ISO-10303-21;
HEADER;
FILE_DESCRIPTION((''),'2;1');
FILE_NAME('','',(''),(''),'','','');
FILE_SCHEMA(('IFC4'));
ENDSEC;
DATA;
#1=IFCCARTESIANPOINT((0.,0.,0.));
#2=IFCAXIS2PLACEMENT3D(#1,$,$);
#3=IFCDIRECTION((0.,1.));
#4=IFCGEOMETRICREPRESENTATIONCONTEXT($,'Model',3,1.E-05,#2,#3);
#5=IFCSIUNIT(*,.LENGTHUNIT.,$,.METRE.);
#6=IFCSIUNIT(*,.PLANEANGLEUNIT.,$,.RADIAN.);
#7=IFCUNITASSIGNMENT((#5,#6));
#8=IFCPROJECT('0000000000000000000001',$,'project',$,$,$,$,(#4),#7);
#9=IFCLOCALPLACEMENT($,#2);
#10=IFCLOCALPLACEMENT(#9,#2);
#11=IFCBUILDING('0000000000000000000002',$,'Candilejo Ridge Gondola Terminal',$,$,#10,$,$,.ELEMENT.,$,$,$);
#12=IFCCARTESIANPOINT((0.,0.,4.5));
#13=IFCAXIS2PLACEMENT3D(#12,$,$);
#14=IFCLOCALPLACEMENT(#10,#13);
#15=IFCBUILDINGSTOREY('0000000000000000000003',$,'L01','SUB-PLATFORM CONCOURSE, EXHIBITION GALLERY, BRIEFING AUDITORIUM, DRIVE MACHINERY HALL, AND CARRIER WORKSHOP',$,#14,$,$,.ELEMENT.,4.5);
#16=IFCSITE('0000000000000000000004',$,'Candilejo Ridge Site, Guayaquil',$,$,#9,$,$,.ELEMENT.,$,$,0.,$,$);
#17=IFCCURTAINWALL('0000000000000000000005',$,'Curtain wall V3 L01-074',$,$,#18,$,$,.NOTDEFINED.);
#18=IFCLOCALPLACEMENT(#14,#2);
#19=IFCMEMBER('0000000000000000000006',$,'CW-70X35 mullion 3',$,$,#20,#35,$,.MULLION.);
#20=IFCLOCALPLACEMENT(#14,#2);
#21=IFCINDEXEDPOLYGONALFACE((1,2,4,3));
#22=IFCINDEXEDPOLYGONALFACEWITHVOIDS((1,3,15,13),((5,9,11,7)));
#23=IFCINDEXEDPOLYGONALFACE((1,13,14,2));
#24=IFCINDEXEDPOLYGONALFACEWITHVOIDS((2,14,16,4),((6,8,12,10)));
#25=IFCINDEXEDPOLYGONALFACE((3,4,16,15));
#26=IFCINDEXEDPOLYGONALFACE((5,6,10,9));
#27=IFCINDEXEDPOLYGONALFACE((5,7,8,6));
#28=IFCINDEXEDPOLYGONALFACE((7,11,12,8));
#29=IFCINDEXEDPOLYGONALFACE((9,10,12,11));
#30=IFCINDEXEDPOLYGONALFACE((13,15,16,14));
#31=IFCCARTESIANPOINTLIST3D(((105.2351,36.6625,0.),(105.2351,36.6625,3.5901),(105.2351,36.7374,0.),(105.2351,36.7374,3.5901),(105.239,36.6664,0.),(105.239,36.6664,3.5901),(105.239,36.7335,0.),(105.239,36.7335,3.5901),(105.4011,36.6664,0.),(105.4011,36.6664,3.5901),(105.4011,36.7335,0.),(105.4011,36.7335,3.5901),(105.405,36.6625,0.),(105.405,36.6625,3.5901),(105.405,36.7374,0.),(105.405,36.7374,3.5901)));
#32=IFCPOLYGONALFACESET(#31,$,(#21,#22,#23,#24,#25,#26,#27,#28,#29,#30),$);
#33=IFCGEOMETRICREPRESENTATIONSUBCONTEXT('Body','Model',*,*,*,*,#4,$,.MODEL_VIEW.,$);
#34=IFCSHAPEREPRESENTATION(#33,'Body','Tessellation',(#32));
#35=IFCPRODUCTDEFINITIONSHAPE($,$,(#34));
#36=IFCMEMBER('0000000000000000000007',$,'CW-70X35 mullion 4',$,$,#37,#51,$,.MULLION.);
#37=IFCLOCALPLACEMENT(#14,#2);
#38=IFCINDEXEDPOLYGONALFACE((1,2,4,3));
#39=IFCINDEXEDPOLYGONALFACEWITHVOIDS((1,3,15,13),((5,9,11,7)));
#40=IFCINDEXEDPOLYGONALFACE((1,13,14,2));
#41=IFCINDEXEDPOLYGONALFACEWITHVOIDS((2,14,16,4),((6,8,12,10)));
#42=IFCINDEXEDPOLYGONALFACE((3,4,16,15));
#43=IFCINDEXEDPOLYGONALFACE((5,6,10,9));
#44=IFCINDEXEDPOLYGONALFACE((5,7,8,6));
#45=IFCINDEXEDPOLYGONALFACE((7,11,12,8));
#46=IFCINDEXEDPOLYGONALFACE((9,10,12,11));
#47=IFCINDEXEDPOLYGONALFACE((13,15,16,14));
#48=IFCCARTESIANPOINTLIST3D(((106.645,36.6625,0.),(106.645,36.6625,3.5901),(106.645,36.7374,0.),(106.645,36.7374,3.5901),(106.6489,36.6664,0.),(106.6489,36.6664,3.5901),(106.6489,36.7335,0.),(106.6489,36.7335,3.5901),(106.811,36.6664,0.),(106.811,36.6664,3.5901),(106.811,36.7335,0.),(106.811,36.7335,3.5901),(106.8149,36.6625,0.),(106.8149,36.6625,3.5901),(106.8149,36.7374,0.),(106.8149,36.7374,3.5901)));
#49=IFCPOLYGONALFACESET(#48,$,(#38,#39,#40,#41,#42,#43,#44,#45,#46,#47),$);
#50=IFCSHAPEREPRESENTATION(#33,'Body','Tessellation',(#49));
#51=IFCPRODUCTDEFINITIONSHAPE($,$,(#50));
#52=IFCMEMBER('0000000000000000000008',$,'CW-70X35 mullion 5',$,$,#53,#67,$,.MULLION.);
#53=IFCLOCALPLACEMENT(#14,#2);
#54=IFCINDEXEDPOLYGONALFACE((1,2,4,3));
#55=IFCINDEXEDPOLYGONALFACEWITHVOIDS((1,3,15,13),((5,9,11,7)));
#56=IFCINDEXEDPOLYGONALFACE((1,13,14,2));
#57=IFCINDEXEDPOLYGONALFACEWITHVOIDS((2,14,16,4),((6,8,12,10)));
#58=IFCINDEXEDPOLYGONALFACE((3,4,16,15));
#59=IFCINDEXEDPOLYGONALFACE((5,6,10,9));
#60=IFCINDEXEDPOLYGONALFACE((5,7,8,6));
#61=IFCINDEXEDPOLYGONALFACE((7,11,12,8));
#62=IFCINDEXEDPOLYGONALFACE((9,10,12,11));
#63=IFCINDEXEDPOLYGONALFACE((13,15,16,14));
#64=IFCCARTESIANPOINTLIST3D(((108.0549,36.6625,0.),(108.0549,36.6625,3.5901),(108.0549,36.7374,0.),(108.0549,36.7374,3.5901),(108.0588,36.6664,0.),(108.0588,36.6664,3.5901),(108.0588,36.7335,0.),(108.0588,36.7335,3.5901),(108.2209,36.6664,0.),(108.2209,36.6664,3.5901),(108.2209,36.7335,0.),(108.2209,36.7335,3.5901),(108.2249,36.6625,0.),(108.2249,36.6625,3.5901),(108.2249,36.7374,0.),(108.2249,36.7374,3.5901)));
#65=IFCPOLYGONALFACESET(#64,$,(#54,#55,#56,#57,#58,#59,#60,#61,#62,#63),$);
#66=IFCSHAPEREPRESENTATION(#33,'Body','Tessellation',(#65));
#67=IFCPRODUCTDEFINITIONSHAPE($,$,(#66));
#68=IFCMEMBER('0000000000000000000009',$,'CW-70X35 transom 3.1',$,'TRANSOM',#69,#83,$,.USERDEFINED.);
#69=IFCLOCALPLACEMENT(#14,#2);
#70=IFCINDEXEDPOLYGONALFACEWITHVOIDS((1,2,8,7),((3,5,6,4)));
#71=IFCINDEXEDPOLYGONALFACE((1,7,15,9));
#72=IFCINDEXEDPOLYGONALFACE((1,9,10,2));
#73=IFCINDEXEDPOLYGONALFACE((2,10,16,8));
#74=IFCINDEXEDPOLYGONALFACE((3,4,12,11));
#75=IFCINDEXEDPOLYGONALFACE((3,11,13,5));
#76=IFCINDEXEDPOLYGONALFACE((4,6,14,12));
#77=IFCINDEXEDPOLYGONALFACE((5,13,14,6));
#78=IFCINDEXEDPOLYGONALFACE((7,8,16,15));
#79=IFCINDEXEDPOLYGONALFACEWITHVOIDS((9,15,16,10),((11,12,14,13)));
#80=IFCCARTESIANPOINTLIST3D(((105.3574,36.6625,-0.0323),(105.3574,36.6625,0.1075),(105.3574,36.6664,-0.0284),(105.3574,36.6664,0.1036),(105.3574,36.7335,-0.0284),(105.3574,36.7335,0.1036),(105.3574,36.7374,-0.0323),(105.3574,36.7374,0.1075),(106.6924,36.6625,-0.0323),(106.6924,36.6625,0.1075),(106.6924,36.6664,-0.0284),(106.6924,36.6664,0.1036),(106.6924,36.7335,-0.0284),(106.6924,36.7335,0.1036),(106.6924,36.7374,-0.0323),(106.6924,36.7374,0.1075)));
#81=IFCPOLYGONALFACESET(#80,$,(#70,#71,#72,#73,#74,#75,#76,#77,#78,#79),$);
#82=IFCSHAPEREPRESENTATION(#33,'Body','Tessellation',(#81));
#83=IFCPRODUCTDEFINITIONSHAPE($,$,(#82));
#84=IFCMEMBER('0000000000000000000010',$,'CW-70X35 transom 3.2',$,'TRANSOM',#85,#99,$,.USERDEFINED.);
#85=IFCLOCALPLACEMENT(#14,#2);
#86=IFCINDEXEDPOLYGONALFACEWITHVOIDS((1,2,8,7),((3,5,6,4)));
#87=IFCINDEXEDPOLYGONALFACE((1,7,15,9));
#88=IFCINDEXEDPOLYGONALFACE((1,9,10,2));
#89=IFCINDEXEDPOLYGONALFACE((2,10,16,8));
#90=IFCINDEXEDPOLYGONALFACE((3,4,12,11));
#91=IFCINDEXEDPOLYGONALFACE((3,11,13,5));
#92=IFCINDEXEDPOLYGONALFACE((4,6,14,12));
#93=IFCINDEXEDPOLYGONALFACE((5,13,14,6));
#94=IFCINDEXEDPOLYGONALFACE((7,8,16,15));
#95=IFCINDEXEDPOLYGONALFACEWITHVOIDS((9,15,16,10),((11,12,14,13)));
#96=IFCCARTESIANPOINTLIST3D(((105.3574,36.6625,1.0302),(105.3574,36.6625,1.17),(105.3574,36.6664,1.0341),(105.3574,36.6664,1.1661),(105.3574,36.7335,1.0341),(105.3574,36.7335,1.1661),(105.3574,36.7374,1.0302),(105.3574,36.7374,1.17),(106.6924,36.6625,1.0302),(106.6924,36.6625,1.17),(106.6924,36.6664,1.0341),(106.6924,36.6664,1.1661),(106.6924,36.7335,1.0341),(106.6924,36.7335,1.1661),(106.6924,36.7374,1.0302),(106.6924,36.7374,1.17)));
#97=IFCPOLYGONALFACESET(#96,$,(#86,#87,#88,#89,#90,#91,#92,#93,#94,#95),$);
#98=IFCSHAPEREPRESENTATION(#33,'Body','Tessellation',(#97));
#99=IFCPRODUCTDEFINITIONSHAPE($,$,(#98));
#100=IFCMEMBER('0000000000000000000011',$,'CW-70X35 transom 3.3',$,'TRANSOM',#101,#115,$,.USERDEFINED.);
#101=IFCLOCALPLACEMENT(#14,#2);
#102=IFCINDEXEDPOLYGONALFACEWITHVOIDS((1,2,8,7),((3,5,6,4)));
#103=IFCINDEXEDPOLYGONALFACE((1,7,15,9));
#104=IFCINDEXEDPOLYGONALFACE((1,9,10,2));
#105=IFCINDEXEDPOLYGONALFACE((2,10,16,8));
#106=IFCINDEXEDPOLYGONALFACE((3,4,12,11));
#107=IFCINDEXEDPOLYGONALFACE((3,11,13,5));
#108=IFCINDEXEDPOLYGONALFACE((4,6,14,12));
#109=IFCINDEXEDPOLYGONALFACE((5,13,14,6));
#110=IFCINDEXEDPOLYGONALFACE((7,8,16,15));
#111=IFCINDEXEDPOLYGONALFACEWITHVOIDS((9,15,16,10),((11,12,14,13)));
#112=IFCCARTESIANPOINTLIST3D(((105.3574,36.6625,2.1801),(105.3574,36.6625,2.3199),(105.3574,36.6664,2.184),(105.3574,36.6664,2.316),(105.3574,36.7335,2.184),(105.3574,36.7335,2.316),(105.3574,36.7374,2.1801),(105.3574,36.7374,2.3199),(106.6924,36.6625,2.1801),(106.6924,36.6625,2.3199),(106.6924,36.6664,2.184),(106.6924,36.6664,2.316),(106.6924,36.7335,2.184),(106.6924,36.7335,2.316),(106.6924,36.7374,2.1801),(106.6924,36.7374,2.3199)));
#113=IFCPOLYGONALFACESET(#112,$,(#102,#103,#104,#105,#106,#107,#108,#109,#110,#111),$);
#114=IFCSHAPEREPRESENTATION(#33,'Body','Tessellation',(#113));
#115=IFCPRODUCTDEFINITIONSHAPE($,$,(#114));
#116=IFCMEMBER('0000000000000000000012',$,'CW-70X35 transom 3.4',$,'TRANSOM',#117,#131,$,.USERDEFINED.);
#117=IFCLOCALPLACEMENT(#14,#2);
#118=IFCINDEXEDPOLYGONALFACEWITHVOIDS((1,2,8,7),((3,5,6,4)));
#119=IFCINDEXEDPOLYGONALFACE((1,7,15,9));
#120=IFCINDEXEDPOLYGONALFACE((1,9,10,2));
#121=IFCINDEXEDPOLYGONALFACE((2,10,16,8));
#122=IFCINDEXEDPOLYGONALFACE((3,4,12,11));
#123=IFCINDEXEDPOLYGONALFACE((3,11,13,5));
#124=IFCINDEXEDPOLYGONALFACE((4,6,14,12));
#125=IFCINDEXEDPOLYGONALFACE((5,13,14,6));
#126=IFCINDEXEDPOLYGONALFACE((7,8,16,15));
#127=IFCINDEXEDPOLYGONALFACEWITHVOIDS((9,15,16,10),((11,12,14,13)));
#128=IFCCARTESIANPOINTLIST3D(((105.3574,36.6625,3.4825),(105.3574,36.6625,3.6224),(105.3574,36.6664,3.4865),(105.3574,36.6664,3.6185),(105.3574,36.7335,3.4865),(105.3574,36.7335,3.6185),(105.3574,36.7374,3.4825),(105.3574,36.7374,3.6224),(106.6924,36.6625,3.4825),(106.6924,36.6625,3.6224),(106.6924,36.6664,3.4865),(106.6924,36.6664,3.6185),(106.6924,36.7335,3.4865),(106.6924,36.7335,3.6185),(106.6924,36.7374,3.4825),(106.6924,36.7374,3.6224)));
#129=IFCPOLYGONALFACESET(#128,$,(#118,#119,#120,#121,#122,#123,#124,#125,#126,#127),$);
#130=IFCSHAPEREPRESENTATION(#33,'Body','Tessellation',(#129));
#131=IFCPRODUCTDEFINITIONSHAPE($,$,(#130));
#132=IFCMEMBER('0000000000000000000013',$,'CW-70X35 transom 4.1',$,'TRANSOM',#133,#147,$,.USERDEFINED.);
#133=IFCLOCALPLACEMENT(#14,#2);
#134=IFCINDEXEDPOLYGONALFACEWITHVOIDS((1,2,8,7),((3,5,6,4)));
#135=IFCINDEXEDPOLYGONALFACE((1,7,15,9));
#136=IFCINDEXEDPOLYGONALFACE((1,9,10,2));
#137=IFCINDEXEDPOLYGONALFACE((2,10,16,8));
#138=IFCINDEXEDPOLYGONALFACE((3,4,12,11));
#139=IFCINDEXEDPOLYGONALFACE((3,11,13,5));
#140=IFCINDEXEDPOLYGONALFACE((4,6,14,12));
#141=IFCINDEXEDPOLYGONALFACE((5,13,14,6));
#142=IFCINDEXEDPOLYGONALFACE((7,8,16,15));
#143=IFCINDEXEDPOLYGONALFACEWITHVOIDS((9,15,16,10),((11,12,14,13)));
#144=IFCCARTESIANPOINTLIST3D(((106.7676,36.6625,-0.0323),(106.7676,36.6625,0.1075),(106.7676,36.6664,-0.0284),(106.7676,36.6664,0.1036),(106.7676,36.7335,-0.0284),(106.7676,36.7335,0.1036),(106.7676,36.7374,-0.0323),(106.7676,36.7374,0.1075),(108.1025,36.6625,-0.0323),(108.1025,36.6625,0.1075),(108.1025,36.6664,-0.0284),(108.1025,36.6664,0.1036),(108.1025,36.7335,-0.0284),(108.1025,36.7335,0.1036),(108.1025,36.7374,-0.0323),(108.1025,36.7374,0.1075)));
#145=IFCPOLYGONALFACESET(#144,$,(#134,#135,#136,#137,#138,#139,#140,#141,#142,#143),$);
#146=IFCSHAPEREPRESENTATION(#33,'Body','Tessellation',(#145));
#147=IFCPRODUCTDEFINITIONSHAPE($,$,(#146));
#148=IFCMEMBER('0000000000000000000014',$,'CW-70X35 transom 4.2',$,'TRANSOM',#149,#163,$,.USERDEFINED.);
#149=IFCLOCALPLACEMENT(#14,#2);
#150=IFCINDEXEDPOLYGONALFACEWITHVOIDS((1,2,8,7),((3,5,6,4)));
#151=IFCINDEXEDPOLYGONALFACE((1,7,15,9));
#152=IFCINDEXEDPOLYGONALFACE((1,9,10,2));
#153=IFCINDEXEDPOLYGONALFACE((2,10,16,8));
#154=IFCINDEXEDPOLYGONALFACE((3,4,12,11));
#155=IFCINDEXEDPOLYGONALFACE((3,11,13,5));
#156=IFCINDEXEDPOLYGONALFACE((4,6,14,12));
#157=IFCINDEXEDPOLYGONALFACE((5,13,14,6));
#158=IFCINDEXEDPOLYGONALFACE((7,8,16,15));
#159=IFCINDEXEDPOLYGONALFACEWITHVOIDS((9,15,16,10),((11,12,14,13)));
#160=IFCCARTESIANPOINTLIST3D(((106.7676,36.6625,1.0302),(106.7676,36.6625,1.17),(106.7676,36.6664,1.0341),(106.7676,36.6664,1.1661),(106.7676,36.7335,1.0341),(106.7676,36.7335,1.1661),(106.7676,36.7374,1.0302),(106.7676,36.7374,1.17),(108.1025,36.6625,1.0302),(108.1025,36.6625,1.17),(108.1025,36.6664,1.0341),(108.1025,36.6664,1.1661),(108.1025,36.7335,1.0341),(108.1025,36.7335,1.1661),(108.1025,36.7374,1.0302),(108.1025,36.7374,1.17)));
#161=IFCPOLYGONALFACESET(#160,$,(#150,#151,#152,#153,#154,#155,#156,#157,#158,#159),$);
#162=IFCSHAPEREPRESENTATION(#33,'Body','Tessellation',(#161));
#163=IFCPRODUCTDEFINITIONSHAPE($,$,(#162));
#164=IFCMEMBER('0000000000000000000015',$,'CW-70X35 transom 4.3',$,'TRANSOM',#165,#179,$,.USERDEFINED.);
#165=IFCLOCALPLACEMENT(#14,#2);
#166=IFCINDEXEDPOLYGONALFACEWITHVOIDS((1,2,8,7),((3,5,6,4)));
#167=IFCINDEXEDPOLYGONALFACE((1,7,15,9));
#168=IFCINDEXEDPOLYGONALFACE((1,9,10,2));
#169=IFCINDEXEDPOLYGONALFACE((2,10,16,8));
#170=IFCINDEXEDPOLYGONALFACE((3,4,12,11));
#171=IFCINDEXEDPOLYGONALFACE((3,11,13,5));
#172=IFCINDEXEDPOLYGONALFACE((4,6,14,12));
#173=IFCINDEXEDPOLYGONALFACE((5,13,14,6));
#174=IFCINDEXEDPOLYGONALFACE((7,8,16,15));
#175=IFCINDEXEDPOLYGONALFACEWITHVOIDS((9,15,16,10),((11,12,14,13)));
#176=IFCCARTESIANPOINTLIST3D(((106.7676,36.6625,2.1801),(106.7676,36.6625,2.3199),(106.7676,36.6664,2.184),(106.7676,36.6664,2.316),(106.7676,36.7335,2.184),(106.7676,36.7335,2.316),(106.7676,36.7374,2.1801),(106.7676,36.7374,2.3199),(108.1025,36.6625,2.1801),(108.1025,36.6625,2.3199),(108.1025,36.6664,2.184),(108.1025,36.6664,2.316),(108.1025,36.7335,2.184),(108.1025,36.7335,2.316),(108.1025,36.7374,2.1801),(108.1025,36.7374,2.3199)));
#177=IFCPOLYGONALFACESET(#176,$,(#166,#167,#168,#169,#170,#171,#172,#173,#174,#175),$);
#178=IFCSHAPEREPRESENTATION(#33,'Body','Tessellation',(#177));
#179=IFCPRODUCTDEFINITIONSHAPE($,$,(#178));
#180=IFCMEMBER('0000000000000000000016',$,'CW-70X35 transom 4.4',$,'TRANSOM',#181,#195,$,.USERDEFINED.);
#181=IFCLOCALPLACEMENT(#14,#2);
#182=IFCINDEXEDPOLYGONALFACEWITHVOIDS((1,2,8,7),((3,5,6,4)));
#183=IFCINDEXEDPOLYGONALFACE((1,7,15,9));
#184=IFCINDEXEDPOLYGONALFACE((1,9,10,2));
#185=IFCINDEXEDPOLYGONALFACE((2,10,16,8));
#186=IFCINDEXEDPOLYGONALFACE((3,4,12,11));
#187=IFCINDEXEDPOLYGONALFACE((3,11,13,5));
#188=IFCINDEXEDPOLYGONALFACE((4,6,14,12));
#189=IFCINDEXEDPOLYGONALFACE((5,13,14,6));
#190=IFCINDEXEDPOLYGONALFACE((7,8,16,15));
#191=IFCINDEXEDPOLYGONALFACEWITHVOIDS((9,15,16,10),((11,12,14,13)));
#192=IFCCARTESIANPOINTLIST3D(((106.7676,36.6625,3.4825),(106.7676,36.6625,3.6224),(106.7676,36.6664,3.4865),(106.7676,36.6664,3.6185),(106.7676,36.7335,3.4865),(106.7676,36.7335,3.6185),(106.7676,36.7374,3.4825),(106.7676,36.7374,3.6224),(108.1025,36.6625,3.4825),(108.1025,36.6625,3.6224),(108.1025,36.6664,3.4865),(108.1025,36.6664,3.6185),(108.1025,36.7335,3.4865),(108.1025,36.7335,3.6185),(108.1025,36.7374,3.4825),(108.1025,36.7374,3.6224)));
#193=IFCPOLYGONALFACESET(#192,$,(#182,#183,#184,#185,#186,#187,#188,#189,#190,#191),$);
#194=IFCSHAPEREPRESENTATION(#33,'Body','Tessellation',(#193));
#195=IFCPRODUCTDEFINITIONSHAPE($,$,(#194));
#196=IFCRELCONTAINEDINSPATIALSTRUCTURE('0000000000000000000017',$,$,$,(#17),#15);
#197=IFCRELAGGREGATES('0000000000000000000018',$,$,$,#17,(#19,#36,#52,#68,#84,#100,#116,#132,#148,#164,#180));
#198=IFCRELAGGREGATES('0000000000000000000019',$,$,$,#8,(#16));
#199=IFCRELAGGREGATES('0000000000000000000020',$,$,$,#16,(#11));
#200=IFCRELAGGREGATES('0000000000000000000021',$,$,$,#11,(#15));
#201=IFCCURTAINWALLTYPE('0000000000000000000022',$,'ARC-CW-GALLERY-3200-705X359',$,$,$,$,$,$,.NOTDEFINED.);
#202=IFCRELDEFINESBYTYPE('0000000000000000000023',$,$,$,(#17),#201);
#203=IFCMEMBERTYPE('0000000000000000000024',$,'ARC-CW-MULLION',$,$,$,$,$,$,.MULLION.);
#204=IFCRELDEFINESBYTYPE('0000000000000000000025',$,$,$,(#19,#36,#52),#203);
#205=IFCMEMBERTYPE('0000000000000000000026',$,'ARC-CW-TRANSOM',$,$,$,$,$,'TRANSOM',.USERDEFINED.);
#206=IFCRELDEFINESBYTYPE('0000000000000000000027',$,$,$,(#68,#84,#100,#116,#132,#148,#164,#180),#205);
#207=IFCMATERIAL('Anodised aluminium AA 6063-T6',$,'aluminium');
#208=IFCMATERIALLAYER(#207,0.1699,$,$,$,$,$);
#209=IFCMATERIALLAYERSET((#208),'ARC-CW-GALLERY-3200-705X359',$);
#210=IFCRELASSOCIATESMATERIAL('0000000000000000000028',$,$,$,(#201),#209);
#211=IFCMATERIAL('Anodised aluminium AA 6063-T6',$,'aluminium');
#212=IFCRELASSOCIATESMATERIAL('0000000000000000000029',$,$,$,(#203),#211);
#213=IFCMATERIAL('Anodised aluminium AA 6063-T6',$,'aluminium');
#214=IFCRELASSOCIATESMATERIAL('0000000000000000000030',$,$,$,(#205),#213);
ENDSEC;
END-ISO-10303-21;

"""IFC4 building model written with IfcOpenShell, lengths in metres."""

from ifc_helpers import new_model, si_unit, direction, frame, origin, origin_2d, place, context, subcontext, project, spatial, hollow_rectangle, extrude, material, layer, layer_set, material_profile, profile_set, type_object, element, aggregate, save


model = new_model("IFC4")

# Units and contexts
model_context = context("Model", 3, precision=1e-05, world=origin(), true_north=direction((0.0, 1.0)))
body_context = subcontext(model_context, "Body", "Model", "MODEL_VIEW")
ifc_project = project(units=[si_unit("LENGTHUNIT", "METRE"), si_unit("PLANEANGLEUNIT", "RADIAN")], contexts=[model_context])

# Site, building, storey
site_placement = place(None, origin())
site = spatial("IfcSite", under=ifc_project, at=site_placement, Name="Candilejo Ridge Site, Guayaquil", CompositionType="ELEMENT", RefElevation=0.0)
building_placement = place(site_placement, origin())
building = spatial("IfcBuilding", under=site, at=building_placement, Name="Candilejo Ridge Gondola Terminal", CompositionType="ELEMENT")
storey_placement = place(building_placement, frame((0.0, 0.0, 4.5)))
storey = spatial("IfcBuildingStorey", under=building, at=storey_placement, Name="L01", Description="SUB-PLATFORM CONCOURSE, EXHIBITION GALLERY, BRIEFING AUDITORIUM, DRIVE MACHINERY HALL, AND CARRIER WORKSHOP", CompositionType="ELEMENT", Elevation=4.5)

# Curtain wall, members
ifc_material_1 = material(Name="Anodised aluminium AA 6063-T6", Category="aluminium")
ifc_layer_1 = layer(ifc_material_1, 0.1699)
ifc_layer_set_1 = layer_set([ifc_layer_1], Name="ARC-CW-GALLERY-3200-705X359")
curtain_wall_type = type_object("IfcCurtainWallType", Name="ARC-CW-GALLERY-3200-705X359", PredefinedType="NOTDEFINED", material=ifc_layer_set_1)
curtain_wall_placement = place(storey_placement, origin())
curtain_wall = element("IfcCurtainWall", 1, at=curtain_wall_placement, inside=storey, type_object=curtain_wall_type, Name="Curtain wall V3 L01-074", PredefinedType="NOTDEFINED")
ifc_material_2 = material(Name="Anodised aluminium AA 6063-T6", Category="aluminium")
ifc_material_profile_1 = material_profile(ifc_material_2, hollow_rectangle(XDim=0.075, YDim=0.1699, WallThickness=0.0039, at=origin_2d()))
ifc_profile_set_1 = profile_set([ifc_material_profile_1], Name="Anodised aluminium AA 6063-T6")
member_type_1 = type_object("IfcMemberType", Name="ARC-CW-MULLION", PredefinedType="MULLION", material=ifc_profile_set_1)
member_1_placement = place(storey_placement, frame((105.3201, 36.7, 0.0), z_axis=(0.0, 0.0, 1.0), x_axis=(0.0, 1.0, 0.0)))
member_1 = element("IfcMember", 2, at=member_1_placement, type_object=member_type_1, Name="CW-70X35 mullion 3", PredefinedType="MULLION", context=body_context, shape_type="SweptSolid", body=[
    extrude(hollow_rectangle(XDim=0.075, YDim=0.1699, WallThickness=0.0039, at=origin_2d()), origin(), (0.0, 0.0, 1.0), 3.5901),
])
member_2_placement = place(storey_placement, frame((106.73, 36.7, 0.0), z_axis=(0.0, 0.0, 1.0), x_axis=(0.0, 1.0, 0.0)))
member_2 = element("IfcMember", 3, at=member_2_placement, type_object=member_type_1, Name="CW-70X35 mullion 4", PredefinedType="MULLION", context=body_context, shape_type="SweptSolid", body=[
    extrude(hollow_rectangle(XDim=0.075, YDim=0.1699, WallThickness=0.0039, at=origin_2d()), origin(), (0.0, 0.0, 1.0), 3.5901),
])
member_3_placement = place(storey_placement, frame((108.1399, 36.7, 0.0), z_axis=(0.0, 0.0, 1.0), x_axis=(0.0, 1.0, 0.0)))
member_3 = element("IfcMember", 4, at=member_3_placement, type_object=member_type_1, Name="CW-70X35 mullion 5", PredefinedType="MULLION", context=body_context, shape_type="SweptSolid", body=[
    extrude(hollow_rectangle(XDim=0.075, YDim=0.1699, WallThickness=0.0039, at=origin_2d()), origin(), (0.0, 0.0, 1.0), 3.5901),
])
ifc_material_3 = material(Name="Anodised aluminium AA 6063-T6", Category="aluminium")
ifc_material_profile_2 = material_profile(ifc_material_3, hollow_rectangle(XDim=0.075, YDim=0.1399, WallThickness=0.0039, at=origin_2d()))
ifc_profile_set_2 = profile_set([ifc_material_profile_2], Name="Anodised aluminium AA 6063-T6")
member_type_2 = type_object("IfcMemberType", Name="ARC-CW-TRANSOM", ElementType="TRANSOM", PredefinedType="USERDEFINED", material=ifc_profile_set_2)
member_4_placement = place(storey_placement, frame((105.3574, 36.7, 0.0376), z_axis=(1.0, 0.0, 0.0), x_axis=(0.0, 1.0, 0.0)))
member_4 = element("IfcMember", 5, at=member_4_placement, type_object=member_type_2, Name="CW-70X35 transom 3.1", ObjectType="TRANSOM", PredefinedType="USERDEFINED", context=body_context, shape_type="SweptSolid", body=[
    extrude(hollow_rectangle(XDim=0.075, YDim=0.1399, WallThickness=0.0039, at=origin_2d()), origin(), (0.0, 0.0, 1.0), 1.335),
])
member_5_placement = place(storey_placement, frame((105.3574, 36.7, 1.1001), z_axis=(1.0, 0.0, 0.0), x_axis=(0.0, 1.0, 0.0)))
member_5 = element("IfcMember", 6, at=member_5_placement, type_object=member_type_2, Name="CW-70X35 transom 3.2", ObjectType="TRANSOM", PredefinedType="USERDEFINED", context=body_context, shape_type="SweptSolid", body=[
    extrude(hollow_rectangle(XDim=0.075, YDim=0.1399, WallThickness=0.0039, at=origin_2d()), origin(), (0.0, 0.0, 1.0), 1.335),
])
member_6_placement = place(storey_placement, frame((105.3574, 36.7, 2.25), z_axis=(1.0, 0.0, 0.0), x_axis=(0.0, 1.0, 0.0)))
member_6 = element("IfcMember", 7, at=member_6_placement, type_object=member_type_2, Name="CW-70X35 transom 3.3", ObjectType="TRANSOM", PredefinedType="USERDEFINED", context=body_context, shape_type="SweptSolid", body=[
    extrude(hollow_rectangle(XDim=0.075, YDim=0.1399, WallThickness=0.0039, at=origin_2d()), origin(), (0.0, 0.0, 1.0), 1.335),
])
member_7_placement = place(storey_placement, frame((105.3574, 36.7, 3.5525), z_axis=(1.0, 0.0, 0.0), x_axis=(0.0, 1.0, 0.0)))
member_7 = element("IfcMember", 8, at=member_7_placement, type_object=member_type_2, Name="CW-70X35 transom 3.4", ObjectType="TRANSOM", PredefinedType="USERDEFINED", context=body_context, shape_type="SweptSolid", body=[
    extrude(hollow_rectangle(XDim=0.075, YDim=0.1399, WallThickness=0.0039, at=origin_2d()), origin(), (0.0, 0.0, 1.0), 1.335),
])
member_8_placement = place(storey_placement, frame((106.7676, 36.7, 0.0376), z_axis=(1.0, 0.0, 0.0), x_axis=(0.0, 1.0, 0.0)))
member_8 = element("IfcMember", 9, at=member_8_placement, type_object=member_type_2, Name="CW-70X35 transom 4.1", ObjectType="TRANSOM", PredefinedType="USERDEFINED", context=body_context, shape_type="SweptSolid", body=[
    extrude(hollow_rectangle(XDim=0.075, YDim=0.1399, WallThickness=0.0039, at=origin_2d()), origin(), (0.0, 0.0, 1.0), 1.335),
])
member_9_placement = place(storey_placement, frame((106.7676, 36.7, 1.1001), z_axis=(1.0, 0.0, 0.0), x_axis=(0.0, 1.0, 0.0)))
member_9 = element("IfcMember", 10, at=member_9_placement, type_object=member_type_2, Name="CW-70X35 transom 4.2", ObjectType="TRANSOM", PredefinedType="USERDEFINED", context=body_context, shape_type="SweptSolid", body=[
    extrude(hollow_rectangle(XDim=0.075, YDim=0.1399, WallThickness=0.0039, at=origin_2d()), origin(), (0.0, 0.0, 1.0), 1.335),
])
member_10_placement = place(storey_placement, frame((106.7676, 36.7, 2.25), z_axis=(1.0, 0.0, 0.0), x_axis=(0.0, 1.0, 0.0)))
member_10 = element("IfcMember", 11, at=member_10_placement, type_object=member_type_2, Name="CW-70X35 transom 4.3", ObjectType="TRANSOM", PredefinedType="USERDEFINED", context=body_context, shape_type="SweptSolid", body=[
    extrude(hollow_rectangle(XDim=0.075, YDim=0.1399, WallThickness=0.0039, at=origin_2d()), origin(), (0.0, 0.0, 1.0), 1.335),
])
member_11_placement = place(storey_placement, frame((106.7676, 36.7, 3.5525), z_axis=(1.0, 0.0, 0.0), x_axis=(0.0, 1.0, 0.0)))
member_11 = element("IfcMember", 12, at=member_11_placement, type_object=member_type_2, Name="CW-70X35 transom 4.4", ObjectType="TRANSOM", PredefinedType="USERDEFINED", context=body_context, shape_type="SweptSolid", body=[
    extrude(hollow_rectangle(XDim=0.075, YDim=0.1399, WallThickness=0.0039, at=origin_2d()), origin(), (0.0, 0.0, 1.0), 1.335),
])
aggregate(curtain_wall, [member_1, member_2, member_3, member_4, member_5, member_6, member_7, member_8, member_9, member_10, member_11])

save(model, "model.ifc")
